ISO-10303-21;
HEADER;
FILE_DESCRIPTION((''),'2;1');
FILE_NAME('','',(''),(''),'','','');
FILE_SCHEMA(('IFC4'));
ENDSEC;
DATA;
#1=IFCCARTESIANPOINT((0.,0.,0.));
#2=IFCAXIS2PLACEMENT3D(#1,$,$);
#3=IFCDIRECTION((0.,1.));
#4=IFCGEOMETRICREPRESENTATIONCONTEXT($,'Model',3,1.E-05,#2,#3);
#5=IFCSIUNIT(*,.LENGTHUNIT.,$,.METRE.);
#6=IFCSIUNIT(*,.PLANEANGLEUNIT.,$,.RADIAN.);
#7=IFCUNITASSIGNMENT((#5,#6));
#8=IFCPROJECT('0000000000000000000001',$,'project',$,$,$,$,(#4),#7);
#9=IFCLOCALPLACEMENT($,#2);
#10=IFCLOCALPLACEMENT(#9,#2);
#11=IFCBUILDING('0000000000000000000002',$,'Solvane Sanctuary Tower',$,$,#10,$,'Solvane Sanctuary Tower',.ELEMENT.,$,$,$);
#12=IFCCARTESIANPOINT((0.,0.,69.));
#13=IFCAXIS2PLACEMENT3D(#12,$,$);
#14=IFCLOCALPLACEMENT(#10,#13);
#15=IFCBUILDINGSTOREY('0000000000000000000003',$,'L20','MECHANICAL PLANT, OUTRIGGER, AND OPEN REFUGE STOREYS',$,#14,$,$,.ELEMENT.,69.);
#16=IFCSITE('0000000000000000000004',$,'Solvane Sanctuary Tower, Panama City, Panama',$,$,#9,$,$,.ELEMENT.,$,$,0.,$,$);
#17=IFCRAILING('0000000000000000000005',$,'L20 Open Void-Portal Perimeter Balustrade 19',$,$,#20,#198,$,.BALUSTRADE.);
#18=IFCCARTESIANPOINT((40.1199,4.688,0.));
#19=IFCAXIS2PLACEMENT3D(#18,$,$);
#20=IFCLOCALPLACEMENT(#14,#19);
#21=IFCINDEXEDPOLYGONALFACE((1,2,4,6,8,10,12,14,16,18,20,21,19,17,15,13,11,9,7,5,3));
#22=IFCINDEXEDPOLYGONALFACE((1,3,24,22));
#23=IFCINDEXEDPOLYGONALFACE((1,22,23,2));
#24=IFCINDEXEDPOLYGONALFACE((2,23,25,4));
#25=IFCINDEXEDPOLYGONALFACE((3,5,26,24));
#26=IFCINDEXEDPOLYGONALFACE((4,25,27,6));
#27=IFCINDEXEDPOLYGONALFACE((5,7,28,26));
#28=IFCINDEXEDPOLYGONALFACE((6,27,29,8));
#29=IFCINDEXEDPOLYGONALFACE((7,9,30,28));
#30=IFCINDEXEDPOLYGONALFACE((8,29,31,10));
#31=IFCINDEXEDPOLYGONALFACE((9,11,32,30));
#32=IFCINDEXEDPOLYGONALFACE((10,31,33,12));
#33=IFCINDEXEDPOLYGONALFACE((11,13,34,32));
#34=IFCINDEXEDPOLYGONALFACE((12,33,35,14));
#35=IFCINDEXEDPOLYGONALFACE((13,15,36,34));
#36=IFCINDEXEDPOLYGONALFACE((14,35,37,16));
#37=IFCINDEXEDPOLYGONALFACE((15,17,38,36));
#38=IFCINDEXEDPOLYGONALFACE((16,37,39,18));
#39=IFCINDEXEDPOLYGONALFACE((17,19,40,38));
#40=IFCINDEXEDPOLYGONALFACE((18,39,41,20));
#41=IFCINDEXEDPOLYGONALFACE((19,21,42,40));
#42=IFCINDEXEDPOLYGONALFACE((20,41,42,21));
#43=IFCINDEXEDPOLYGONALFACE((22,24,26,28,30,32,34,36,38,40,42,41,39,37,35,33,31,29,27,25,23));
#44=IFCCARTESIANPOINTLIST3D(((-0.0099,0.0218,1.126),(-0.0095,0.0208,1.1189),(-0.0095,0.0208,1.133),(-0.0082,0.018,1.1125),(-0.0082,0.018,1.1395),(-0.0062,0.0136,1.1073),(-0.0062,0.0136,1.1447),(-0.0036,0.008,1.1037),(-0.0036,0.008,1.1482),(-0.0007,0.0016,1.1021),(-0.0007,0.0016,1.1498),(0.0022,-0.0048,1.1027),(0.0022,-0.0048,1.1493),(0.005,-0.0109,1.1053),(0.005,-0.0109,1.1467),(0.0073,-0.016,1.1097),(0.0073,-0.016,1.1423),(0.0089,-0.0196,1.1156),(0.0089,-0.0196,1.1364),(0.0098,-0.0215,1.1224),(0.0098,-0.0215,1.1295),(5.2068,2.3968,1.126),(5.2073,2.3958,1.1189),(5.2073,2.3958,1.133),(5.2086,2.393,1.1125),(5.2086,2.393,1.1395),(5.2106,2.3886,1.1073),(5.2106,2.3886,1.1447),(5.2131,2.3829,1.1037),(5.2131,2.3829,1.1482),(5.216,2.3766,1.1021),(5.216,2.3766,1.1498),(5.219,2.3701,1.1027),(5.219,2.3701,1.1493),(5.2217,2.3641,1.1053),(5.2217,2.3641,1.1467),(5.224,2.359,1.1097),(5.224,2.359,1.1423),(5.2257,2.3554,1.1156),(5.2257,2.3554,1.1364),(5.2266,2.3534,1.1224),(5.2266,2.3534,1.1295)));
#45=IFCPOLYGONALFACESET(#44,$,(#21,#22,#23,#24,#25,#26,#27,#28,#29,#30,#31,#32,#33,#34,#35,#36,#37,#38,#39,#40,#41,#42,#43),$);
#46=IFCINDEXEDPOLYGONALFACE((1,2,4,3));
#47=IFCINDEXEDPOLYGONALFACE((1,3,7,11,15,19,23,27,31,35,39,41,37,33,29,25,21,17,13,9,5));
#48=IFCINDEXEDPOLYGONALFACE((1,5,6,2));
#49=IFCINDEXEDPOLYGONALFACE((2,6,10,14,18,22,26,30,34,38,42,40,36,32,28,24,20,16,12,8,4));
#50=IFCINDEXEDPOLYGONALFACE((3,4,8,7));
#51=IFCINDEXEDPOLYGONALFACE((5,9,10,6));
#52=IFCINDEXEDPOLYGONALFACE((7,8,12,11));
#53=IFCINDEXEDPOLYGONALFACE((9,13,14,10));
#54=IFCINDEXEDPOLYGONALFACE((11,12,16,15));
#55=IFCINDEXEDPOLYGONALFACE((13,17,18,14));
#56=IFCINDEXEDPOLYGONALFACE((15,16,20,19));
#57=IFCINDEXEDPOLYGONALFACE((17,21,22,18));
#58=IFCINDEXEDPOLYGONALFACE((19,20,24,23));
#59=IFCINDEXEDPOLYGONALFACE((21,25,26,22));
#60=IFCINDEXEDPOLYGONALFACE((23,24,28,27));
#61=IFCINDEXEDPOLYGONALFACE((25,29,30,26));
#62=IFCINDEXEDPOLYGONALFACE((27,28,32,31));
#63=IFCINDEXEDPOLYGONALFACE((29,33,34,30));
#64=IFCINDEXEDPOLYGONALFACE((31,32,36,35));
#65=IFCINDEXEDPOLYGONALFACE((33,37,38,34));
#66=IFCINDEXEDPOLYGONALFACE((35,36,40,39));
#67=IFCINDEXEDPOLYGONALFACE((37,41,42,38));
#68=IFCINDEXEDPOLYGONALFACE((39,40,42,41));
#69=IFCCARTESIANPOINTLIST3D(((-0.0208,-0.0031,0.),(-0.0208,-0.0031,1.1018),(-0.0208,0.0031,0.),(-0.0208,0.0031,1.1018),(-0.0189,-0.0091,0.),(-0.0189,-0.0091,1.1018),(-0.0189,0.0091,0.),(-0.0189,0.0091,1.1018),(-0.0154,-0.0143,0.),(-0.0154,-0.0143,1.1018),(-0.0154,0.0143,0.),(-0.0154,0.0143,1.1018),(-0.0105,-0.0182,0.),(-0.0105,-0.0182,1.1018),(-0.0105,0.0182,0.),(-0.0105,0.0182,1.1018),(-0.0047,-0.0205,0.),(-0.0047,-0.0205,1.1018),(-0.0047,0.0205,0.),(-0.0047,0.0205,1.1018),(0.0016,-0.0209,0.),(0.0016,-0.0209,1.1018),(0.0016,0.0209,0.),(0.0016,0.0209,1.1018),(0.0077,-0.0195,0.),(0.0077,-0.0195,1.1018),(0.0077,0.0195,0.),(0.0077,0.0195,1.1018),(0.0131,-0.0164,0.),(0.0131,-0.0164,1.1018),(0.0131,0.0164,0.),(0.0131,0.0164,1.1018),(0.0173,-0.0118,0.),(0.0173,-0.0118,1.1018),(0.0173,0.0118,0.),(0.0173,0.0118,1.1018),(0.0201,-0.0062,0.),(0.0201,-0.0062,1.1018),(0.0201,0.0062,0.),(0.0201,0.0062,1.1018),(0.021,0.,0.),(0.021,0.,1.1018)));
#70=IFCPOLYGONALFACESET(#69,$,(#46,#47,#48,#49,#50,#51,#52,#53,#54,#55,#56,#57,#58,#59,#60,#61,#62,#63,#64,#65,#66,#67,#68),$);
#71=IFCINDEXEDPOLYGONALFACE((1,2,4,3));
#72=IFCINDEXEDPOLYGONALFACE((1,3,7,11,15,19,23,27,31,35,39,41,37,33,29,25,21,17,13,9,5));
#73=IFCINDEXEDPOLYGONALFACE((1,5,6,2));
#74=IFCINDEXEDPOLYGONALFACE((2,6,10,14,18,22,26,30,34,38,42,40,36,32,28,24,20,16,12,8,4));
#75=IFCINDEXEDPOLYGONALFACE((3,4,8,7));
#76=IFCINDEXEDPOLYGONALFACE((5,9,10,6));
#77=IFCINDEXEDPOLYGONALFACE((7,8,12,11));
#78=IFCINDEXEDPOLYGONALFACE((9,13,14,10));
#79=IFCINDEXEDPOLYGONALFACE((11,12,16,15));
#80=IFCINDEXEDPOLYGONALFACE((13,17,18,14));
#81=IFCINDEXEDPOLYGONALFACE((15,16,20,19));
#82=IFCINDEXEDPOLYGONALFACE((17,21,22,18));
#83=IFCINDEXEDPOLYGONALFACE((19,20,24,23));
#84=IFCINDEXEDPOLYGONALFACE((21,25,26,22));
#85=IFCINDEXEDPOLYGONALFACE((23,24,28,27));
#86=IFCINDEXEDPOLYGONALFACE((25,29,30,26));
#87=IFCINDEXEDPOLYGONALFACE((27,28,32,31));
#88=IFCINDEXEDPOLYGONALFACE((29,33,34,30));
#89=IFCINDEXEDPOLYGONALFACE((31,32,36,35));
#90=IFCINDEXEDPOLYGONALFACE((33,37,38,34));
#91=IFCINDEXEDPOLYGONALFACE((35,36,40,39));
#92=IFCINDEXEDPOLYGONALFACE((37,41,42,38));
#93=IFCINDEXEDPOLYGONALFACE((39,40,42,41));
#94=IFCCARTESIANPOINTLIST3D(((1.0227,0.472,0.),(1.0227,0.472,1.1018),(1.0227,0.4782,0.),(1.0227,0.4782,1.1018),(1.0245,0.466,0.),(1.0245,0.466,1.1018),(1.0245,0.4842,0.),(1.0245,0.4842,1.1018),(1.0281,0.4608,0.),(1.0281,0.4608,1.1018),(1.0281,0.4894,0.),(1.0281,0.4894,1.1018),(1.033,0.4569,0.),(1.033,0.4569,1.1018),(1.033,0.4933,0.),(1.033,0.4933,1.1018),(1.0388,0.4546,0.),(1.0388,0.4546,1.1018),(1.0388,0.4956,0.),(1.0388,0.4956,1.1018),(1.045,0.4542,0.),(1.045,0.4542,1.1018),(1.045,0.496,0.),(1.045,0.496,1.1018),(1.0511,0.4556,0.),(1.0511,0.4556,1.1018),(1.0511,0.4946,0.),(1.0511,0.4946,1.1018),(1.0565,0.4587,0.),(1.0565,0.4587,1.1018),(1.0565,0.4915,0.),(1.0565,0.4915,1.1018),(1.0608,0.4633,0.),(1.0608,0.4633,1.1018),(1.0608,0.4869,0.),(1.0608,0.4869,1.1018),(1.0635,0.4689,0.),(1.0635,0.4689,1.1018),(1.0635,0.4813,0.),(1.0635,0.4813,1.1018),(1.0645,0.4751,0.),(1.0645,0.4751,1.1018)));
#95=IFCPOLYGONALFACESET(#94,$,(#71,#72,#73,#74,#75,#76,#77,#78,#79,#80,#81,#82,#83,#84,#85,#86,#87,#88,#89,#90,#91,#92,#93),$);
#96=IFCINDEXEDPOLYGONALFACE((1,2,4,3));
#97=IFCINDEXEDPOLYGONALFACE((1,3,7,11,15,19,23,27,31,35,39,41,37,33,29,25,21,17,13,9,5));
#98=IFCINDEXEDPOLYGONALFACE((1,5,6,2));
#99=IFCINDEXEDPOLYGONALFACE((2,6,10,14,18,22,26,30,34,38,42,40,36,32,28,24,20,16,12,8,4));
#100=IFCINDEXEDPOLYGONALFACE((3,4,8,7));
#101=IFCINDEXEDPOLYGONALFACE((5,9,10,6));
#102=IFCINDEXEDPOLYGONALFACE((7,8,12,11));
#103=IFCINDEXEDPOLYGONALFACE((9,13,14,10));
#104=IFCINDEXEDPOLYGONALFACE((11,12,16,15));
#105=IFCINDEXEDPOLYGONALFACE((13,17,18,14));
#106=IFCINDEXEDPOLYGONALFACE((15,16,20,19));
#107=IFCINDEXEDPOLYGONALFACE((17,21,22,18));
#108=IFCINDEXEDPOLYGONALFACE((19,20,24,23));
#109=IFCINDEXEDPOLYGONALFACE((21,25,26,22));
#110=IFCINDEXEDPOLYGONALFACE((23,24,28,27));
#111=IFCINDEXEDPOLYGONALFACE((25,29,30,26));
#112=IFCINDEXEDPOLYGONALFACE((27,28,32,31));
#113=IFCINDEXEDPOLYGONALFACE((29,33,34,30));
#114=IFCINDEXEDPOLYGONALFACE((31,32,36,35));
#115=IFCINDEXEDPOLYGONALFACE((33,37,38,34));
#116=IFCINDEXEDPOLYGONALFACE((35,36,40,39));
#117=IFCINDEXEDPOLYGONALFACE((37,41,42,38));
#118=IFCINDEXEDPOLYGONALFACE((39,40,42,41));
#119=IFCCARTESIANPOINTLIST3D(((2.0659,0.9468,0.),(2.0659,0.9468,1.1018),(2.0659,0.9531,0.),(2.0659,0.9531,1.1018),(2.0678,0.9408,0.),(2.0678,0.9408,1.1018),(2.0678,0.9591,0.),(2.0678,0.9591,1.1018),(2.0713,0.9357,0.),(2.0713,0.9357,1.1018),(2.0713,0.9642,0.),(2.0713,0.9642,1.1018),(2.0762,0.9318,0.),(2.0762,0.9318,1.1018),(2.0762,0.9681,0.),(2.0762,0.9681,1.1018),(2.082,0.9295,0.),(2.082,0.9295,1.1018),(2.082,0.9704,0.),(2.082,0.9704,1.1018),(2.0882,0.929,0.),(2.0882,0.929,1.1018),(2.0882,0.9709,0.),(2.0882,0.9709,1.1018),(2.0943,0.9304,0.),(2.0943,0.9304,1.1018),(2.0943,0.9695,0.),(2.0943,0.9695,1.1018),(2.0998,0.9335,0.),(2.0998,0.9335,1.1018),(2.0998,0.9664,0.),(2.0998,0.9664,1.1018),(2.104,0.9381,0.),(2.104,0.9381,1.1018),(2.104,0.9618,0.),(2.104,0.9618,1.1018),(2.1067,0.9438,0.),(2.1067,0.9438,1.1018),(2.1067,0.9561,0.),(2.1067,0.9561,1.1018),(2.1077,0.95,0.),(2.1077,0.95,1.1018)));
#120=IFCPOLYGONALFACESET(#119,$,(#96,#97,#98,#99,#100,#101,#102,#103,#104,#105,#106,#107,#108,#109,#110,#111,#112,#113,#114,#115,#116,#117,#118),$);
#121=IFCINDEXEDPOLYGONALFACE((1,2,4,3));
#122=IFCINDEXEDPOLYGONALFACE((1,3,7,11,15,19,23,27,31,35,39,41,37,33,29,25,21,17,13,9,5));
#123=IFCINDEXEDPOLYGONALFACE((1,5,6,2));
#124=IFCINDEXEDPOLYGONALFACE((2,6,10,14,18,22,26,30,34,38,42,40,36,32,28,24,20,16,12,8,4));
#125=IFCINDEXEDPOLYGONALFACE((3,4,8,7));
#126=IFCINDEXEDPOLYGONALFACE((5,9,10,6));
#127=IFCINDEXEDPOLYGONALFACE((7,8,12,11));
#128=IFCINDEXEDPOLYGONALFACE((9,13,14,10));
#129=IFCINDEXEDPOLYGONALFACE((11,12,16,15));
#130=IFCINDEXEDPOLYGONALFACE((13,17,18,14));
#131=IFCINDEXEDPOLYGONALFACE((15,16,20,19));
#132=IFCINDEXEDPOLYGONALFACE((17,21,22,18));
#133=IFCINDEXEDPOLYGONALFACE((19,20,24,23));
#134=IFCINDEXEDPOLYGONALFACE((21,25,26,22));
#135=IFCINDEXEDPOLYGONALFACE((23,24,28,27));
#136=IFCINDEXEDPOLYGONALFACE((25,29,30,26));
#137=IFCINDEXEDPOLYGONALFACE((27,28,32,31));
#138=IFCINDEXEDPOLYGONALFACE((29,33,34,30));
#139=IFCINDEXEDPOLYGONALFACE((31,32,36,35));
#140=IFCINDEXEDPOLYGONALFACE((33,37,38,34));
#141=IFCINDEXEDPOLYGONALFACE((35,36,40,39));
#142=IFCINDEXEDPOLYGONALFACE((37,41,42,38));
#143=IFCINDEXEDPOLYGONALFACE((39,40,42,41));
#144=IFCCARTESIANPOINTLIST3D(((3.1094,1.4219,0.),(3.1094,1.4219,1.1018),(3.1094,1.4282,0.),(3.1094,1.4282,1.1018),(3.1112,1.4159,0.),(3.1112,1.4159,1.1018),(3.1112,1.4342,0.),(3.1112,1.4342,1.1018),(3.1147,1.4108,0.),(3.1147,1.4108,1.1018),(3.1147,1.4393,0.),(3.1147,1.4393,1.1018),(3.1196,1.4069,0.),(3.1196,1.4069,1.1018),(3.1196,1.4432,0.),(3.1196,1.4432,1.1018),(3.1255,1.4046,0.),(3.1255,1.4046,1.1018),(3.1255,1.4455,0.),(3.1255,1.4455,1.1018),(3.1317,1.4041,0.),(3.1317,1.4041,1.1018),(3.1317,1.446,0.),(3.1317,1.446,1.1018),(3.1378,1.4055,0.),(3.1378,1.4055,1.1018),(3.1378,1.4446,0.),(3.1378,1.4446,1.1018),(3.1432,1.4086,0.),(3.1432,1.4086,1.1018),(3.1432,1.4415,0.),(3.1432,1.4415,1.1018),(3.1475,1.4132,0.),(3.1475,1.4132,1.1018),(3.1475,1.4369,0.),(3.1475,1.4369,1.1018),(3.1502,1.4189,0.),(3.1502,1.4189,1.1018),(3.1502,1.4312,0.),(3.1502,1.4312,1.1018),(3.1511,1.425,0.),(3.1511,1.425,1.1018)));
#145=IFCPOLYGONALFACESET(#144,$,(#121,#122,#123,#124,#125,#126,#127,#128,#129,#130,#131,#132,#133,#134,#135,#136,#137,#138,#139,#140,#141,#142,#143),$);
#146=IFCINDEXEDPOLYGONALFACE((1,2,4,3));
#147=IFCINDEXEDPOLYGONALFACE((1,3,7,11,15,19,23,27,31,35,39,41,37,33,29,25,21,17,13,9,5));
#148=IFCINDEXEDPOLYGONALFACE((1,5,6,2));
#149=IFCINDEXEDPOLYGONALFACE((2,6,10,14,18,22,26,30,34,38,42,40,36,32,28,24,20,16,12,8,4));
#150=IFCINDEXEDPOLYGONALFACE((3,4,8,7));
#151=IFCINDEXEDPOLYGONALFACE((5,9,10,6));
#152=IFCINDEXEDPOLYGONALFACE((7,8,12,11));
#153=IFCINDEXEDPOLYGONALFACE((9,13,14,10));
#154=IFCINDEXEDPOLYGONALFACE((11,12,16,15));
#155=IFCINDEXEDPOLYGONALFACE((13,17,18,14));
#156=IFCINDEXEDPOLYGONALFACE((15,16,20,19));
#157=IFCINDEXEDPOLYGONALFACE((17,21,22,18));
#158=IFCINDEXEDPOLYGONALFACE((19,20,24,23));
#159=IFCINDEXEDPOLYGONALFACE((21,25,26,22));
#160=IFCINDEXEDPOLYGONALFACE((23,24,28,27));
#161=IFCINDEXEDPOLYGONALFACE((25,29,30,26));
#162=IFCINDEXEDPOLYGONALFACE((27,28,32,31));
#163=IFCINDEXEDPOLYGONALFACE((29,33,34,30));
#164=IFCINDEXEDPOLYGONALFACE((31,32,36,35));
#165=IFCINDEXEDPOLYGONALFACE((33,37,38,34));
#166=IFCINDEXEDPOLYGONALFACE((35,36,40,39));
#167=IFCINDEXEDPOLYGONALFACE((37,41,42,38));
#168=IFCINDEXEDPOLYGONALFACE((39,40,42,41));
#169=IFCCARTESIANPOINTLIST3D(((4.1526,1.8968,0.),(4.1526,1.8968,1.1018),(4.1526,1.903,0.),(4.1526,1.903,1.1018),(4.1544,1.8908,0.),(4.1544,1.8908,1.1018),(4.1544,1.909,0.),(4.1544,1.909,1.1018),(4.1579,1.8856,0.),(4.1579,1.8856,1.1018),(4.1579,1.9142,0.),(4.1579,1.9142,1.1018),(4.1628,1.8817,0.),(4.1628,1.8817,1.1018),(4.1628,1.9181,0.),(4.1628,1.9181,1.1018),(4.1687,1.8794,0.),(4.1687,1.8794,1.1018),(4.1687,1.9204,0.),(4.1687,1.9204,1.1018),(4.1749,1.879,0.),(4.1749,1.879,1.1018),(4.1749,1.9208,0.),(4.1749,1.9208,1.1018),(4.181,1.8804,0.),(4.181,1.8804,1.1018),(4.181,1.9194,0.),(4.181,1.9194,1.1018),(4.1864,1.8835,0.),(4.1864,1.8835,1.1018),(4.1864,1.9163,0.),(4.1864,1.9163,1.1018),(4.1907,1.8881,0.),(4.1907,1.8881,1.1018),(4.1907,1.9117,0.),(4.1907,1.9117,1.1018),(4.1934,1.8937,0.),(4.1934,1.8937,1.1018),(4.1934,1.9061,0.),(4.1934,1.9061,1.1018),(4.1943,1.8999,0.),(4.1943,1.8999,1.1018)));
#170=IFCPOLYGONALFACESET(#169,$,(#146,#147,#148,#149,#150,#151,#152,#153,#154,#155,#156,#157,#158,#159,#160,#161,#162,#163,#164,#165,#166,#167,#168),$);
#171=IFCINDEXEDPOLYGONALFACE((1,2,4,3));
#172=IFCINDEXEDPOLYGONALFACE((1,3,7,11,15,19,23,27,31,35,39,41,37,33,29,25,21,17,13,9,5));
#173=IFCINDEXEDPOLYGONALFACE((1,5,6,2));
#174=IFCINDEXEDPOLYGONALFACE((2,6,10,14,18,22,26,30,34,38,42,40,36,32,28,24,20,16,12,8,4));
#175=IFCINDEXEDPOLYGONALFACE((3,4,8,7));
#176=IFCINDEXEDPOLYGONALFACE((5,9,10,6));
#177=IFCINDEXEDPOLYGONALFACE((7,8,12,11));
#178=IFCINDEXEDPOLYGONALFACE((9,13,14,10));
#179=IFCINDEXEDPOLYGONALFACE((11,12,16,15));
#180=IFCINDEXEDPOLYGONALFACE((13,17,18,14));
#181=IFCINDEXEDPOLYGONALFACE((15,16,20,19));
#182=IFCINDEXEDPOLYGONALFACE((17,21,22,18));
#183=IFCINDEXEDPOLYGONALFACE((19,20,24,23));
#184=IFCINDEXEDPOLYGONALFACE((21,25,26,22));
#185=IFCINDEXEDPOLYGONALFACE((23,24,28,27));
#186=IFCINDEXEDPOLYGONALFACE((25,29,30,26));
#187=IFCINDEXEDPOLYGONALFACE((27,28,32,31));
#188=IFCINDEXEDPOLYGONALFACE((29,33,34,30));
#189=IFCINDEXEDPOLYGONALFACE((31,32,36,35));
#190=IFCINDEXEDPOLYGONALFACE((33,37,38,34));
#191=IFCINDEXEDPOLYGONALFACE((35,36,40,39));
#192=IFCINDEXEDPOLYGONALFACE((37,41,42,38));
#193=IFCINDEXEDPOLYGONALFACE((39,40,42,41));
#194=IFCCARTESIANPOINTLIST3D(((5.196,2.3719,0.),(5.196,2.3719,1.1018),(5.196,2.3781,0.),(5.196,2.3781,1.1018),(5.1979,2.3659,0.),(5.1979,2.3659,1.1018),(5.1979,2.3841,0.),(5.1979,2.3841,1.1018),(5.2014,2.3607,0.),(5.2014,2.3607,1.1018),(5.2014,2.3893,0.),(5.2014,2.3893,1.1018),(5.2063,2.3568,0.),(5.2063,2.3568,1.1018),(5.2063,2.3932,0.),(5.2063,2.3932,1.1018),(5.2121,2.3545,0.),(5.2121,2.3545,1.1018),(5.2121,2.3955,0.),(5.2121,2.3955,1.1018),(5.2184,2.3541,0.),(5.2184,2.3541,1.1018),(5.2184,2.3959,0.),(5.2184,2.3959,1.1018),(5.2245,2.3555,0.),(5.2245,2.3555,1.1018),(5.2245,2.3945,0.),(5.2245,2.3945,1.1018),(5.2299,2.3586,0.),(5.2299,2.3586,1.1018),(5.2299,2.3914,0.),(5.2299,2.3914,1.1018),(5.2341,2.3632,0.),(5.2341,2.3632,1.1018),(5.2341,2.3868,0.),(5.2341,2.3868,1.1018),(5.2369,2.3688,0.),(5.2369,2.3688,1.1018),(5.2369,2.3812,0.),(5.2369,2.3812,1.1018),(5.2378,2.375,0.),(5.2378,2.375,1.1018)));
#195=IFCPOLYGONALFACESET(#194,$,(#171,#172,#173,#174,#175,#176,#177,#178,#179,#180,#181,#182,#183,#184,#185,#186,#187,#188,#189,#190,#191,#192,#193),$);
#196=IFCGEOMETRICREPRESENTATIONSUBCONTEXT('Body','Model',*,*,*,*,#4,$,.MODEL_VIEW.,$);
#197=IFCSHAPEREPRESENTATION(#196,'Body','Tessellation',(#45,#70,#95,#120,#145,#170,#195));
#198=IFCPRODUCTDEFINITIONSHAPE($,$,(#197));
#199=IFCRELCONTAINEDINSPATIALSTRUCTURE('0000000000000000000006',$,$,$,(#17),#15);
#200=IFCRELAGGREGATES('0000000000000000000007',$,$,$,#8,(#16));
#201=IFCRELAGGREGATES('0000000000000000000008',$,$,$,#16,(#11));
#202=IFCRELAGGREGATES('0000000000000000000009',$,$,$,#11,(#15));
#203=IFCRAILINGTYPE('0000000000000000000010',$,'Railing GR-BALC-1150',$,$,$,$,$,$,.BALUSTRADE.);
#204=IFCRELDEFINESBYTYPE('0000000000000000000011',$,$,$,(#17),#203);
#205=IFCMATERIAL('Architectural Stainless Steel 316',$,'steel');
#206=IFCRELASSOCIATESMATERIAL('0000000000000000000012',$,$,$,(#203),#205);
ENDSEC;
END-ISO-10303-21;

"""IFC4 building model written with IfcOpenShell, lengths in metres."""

from ifc_helpers import new_model, si_unit, direction, frame, origin, origin_2d, place, context, subcontext, project, spatial, circle, extrude, material, type_object, element, save


model = new_model("IFC4")

# Units and contexts
model_context = context("Model", 3, precision=1e-05, world=origin(), true_north=direction((0.0, 1.0)))
body_context = subcontext(model_context, "Body", "Model", "MODEL_VIEW")
ifc_project = project(units=[si_unit("LENGTHUNIT", "METRE"), si_unit("PLANEANGLEUNIT", "RADIAN")], contexts=[model_context])

# Site, building, storey
site_placement = place(None, origin())
site = spatial("IfcSite", under=ifc_project, at=site_placement, Name="Solvane Sanctuary Tower, Panama City, Panama", CompositionType="ELEMENT", RefElevation=0.0)
building_placement = place(site_placement, origin())
building = spatial("IfcBuilding", under=site, at=building_placement, Name="Solvane Sanctuary Tower", LongName="Solvane Sanctuary Tower", CompositionType="ELEMENT")
storey_placement = place(building_placement, frame((0.0, 0.0, 69.0)))
storey = spatial("IfcBuildingStorey", under=building, at=storey_placement, Name="L20", Description="MECHANICAL PLANT, OUTRIGGER, AND OPEN REFUGE STOREYS", CompositionType="ELEMENT", Elevation=69.0)

# Shared definitions
ifc_material_1 = material(Name="Architectural Stainless Steel 316", Category="steel")

# Railing
railing_type_1 = type_object("IfcRailingType", Name="Railing GR-BALC-1150", PredefinedType="BALUSTRADE", material=ifc_material_1)
railing_1_placement = place(storey_placement, frame((40.1199, 4.688, 0.0)))
element("IfcRailing", 1, at=railing_1_placement, inside=storey, type_object=railing_type_1, Name="L20 Open Void-Portal Perimeter Balustrade 19", PredefinedType="BALUSTRADE", context=body_context, shape_type="SweptSolid", body=[
    extrude(circle(Radius=0.0239, at=origin_2d()), frame((0.0, 0.0, 1.126), z_axis=(0.910121, 0.414342, 0.0), x_axis=(-0.414342, 0.910121, 0.0)), (0.0, 0.0, 1.0), 5.7319),
    extrude(circle(Radius=0.021, at=origin_2d()), origin(), (0.0, 0.0, 1.0), 1.1018),
    extrude(circle(Radius=0.021, at=origin_2d()), frame((1.0435, 0.4751, 0.0)), (0.0, 0.0, 1.0), 1.1018),
    extrude(circle(Radius=0.021, at=origin_2d()), frame((2.0867, 0.95, 0.0)), (0.0, 0.0, 1.0), 1.1018),
    extrude(circle(Radius=0.021, at=origin_2d()), frame((3.1301, 1.425, 0.0)), (0.0, 0.0, 1.0), 1.1018),
    extrude(circle(Radius=0.021, at=origin_2d()), frame((4.1733, 1.8999, 0.0)), (0.0, 0.0, 1.0), 1.1018),
    extrude(circle(Radius=0.021, at=origin_2d()), frame((5.2168, 2.375, 0.0)), (0.0, 0.0, 1.0), 1.1018),
])

save(model, "model.ifc")
